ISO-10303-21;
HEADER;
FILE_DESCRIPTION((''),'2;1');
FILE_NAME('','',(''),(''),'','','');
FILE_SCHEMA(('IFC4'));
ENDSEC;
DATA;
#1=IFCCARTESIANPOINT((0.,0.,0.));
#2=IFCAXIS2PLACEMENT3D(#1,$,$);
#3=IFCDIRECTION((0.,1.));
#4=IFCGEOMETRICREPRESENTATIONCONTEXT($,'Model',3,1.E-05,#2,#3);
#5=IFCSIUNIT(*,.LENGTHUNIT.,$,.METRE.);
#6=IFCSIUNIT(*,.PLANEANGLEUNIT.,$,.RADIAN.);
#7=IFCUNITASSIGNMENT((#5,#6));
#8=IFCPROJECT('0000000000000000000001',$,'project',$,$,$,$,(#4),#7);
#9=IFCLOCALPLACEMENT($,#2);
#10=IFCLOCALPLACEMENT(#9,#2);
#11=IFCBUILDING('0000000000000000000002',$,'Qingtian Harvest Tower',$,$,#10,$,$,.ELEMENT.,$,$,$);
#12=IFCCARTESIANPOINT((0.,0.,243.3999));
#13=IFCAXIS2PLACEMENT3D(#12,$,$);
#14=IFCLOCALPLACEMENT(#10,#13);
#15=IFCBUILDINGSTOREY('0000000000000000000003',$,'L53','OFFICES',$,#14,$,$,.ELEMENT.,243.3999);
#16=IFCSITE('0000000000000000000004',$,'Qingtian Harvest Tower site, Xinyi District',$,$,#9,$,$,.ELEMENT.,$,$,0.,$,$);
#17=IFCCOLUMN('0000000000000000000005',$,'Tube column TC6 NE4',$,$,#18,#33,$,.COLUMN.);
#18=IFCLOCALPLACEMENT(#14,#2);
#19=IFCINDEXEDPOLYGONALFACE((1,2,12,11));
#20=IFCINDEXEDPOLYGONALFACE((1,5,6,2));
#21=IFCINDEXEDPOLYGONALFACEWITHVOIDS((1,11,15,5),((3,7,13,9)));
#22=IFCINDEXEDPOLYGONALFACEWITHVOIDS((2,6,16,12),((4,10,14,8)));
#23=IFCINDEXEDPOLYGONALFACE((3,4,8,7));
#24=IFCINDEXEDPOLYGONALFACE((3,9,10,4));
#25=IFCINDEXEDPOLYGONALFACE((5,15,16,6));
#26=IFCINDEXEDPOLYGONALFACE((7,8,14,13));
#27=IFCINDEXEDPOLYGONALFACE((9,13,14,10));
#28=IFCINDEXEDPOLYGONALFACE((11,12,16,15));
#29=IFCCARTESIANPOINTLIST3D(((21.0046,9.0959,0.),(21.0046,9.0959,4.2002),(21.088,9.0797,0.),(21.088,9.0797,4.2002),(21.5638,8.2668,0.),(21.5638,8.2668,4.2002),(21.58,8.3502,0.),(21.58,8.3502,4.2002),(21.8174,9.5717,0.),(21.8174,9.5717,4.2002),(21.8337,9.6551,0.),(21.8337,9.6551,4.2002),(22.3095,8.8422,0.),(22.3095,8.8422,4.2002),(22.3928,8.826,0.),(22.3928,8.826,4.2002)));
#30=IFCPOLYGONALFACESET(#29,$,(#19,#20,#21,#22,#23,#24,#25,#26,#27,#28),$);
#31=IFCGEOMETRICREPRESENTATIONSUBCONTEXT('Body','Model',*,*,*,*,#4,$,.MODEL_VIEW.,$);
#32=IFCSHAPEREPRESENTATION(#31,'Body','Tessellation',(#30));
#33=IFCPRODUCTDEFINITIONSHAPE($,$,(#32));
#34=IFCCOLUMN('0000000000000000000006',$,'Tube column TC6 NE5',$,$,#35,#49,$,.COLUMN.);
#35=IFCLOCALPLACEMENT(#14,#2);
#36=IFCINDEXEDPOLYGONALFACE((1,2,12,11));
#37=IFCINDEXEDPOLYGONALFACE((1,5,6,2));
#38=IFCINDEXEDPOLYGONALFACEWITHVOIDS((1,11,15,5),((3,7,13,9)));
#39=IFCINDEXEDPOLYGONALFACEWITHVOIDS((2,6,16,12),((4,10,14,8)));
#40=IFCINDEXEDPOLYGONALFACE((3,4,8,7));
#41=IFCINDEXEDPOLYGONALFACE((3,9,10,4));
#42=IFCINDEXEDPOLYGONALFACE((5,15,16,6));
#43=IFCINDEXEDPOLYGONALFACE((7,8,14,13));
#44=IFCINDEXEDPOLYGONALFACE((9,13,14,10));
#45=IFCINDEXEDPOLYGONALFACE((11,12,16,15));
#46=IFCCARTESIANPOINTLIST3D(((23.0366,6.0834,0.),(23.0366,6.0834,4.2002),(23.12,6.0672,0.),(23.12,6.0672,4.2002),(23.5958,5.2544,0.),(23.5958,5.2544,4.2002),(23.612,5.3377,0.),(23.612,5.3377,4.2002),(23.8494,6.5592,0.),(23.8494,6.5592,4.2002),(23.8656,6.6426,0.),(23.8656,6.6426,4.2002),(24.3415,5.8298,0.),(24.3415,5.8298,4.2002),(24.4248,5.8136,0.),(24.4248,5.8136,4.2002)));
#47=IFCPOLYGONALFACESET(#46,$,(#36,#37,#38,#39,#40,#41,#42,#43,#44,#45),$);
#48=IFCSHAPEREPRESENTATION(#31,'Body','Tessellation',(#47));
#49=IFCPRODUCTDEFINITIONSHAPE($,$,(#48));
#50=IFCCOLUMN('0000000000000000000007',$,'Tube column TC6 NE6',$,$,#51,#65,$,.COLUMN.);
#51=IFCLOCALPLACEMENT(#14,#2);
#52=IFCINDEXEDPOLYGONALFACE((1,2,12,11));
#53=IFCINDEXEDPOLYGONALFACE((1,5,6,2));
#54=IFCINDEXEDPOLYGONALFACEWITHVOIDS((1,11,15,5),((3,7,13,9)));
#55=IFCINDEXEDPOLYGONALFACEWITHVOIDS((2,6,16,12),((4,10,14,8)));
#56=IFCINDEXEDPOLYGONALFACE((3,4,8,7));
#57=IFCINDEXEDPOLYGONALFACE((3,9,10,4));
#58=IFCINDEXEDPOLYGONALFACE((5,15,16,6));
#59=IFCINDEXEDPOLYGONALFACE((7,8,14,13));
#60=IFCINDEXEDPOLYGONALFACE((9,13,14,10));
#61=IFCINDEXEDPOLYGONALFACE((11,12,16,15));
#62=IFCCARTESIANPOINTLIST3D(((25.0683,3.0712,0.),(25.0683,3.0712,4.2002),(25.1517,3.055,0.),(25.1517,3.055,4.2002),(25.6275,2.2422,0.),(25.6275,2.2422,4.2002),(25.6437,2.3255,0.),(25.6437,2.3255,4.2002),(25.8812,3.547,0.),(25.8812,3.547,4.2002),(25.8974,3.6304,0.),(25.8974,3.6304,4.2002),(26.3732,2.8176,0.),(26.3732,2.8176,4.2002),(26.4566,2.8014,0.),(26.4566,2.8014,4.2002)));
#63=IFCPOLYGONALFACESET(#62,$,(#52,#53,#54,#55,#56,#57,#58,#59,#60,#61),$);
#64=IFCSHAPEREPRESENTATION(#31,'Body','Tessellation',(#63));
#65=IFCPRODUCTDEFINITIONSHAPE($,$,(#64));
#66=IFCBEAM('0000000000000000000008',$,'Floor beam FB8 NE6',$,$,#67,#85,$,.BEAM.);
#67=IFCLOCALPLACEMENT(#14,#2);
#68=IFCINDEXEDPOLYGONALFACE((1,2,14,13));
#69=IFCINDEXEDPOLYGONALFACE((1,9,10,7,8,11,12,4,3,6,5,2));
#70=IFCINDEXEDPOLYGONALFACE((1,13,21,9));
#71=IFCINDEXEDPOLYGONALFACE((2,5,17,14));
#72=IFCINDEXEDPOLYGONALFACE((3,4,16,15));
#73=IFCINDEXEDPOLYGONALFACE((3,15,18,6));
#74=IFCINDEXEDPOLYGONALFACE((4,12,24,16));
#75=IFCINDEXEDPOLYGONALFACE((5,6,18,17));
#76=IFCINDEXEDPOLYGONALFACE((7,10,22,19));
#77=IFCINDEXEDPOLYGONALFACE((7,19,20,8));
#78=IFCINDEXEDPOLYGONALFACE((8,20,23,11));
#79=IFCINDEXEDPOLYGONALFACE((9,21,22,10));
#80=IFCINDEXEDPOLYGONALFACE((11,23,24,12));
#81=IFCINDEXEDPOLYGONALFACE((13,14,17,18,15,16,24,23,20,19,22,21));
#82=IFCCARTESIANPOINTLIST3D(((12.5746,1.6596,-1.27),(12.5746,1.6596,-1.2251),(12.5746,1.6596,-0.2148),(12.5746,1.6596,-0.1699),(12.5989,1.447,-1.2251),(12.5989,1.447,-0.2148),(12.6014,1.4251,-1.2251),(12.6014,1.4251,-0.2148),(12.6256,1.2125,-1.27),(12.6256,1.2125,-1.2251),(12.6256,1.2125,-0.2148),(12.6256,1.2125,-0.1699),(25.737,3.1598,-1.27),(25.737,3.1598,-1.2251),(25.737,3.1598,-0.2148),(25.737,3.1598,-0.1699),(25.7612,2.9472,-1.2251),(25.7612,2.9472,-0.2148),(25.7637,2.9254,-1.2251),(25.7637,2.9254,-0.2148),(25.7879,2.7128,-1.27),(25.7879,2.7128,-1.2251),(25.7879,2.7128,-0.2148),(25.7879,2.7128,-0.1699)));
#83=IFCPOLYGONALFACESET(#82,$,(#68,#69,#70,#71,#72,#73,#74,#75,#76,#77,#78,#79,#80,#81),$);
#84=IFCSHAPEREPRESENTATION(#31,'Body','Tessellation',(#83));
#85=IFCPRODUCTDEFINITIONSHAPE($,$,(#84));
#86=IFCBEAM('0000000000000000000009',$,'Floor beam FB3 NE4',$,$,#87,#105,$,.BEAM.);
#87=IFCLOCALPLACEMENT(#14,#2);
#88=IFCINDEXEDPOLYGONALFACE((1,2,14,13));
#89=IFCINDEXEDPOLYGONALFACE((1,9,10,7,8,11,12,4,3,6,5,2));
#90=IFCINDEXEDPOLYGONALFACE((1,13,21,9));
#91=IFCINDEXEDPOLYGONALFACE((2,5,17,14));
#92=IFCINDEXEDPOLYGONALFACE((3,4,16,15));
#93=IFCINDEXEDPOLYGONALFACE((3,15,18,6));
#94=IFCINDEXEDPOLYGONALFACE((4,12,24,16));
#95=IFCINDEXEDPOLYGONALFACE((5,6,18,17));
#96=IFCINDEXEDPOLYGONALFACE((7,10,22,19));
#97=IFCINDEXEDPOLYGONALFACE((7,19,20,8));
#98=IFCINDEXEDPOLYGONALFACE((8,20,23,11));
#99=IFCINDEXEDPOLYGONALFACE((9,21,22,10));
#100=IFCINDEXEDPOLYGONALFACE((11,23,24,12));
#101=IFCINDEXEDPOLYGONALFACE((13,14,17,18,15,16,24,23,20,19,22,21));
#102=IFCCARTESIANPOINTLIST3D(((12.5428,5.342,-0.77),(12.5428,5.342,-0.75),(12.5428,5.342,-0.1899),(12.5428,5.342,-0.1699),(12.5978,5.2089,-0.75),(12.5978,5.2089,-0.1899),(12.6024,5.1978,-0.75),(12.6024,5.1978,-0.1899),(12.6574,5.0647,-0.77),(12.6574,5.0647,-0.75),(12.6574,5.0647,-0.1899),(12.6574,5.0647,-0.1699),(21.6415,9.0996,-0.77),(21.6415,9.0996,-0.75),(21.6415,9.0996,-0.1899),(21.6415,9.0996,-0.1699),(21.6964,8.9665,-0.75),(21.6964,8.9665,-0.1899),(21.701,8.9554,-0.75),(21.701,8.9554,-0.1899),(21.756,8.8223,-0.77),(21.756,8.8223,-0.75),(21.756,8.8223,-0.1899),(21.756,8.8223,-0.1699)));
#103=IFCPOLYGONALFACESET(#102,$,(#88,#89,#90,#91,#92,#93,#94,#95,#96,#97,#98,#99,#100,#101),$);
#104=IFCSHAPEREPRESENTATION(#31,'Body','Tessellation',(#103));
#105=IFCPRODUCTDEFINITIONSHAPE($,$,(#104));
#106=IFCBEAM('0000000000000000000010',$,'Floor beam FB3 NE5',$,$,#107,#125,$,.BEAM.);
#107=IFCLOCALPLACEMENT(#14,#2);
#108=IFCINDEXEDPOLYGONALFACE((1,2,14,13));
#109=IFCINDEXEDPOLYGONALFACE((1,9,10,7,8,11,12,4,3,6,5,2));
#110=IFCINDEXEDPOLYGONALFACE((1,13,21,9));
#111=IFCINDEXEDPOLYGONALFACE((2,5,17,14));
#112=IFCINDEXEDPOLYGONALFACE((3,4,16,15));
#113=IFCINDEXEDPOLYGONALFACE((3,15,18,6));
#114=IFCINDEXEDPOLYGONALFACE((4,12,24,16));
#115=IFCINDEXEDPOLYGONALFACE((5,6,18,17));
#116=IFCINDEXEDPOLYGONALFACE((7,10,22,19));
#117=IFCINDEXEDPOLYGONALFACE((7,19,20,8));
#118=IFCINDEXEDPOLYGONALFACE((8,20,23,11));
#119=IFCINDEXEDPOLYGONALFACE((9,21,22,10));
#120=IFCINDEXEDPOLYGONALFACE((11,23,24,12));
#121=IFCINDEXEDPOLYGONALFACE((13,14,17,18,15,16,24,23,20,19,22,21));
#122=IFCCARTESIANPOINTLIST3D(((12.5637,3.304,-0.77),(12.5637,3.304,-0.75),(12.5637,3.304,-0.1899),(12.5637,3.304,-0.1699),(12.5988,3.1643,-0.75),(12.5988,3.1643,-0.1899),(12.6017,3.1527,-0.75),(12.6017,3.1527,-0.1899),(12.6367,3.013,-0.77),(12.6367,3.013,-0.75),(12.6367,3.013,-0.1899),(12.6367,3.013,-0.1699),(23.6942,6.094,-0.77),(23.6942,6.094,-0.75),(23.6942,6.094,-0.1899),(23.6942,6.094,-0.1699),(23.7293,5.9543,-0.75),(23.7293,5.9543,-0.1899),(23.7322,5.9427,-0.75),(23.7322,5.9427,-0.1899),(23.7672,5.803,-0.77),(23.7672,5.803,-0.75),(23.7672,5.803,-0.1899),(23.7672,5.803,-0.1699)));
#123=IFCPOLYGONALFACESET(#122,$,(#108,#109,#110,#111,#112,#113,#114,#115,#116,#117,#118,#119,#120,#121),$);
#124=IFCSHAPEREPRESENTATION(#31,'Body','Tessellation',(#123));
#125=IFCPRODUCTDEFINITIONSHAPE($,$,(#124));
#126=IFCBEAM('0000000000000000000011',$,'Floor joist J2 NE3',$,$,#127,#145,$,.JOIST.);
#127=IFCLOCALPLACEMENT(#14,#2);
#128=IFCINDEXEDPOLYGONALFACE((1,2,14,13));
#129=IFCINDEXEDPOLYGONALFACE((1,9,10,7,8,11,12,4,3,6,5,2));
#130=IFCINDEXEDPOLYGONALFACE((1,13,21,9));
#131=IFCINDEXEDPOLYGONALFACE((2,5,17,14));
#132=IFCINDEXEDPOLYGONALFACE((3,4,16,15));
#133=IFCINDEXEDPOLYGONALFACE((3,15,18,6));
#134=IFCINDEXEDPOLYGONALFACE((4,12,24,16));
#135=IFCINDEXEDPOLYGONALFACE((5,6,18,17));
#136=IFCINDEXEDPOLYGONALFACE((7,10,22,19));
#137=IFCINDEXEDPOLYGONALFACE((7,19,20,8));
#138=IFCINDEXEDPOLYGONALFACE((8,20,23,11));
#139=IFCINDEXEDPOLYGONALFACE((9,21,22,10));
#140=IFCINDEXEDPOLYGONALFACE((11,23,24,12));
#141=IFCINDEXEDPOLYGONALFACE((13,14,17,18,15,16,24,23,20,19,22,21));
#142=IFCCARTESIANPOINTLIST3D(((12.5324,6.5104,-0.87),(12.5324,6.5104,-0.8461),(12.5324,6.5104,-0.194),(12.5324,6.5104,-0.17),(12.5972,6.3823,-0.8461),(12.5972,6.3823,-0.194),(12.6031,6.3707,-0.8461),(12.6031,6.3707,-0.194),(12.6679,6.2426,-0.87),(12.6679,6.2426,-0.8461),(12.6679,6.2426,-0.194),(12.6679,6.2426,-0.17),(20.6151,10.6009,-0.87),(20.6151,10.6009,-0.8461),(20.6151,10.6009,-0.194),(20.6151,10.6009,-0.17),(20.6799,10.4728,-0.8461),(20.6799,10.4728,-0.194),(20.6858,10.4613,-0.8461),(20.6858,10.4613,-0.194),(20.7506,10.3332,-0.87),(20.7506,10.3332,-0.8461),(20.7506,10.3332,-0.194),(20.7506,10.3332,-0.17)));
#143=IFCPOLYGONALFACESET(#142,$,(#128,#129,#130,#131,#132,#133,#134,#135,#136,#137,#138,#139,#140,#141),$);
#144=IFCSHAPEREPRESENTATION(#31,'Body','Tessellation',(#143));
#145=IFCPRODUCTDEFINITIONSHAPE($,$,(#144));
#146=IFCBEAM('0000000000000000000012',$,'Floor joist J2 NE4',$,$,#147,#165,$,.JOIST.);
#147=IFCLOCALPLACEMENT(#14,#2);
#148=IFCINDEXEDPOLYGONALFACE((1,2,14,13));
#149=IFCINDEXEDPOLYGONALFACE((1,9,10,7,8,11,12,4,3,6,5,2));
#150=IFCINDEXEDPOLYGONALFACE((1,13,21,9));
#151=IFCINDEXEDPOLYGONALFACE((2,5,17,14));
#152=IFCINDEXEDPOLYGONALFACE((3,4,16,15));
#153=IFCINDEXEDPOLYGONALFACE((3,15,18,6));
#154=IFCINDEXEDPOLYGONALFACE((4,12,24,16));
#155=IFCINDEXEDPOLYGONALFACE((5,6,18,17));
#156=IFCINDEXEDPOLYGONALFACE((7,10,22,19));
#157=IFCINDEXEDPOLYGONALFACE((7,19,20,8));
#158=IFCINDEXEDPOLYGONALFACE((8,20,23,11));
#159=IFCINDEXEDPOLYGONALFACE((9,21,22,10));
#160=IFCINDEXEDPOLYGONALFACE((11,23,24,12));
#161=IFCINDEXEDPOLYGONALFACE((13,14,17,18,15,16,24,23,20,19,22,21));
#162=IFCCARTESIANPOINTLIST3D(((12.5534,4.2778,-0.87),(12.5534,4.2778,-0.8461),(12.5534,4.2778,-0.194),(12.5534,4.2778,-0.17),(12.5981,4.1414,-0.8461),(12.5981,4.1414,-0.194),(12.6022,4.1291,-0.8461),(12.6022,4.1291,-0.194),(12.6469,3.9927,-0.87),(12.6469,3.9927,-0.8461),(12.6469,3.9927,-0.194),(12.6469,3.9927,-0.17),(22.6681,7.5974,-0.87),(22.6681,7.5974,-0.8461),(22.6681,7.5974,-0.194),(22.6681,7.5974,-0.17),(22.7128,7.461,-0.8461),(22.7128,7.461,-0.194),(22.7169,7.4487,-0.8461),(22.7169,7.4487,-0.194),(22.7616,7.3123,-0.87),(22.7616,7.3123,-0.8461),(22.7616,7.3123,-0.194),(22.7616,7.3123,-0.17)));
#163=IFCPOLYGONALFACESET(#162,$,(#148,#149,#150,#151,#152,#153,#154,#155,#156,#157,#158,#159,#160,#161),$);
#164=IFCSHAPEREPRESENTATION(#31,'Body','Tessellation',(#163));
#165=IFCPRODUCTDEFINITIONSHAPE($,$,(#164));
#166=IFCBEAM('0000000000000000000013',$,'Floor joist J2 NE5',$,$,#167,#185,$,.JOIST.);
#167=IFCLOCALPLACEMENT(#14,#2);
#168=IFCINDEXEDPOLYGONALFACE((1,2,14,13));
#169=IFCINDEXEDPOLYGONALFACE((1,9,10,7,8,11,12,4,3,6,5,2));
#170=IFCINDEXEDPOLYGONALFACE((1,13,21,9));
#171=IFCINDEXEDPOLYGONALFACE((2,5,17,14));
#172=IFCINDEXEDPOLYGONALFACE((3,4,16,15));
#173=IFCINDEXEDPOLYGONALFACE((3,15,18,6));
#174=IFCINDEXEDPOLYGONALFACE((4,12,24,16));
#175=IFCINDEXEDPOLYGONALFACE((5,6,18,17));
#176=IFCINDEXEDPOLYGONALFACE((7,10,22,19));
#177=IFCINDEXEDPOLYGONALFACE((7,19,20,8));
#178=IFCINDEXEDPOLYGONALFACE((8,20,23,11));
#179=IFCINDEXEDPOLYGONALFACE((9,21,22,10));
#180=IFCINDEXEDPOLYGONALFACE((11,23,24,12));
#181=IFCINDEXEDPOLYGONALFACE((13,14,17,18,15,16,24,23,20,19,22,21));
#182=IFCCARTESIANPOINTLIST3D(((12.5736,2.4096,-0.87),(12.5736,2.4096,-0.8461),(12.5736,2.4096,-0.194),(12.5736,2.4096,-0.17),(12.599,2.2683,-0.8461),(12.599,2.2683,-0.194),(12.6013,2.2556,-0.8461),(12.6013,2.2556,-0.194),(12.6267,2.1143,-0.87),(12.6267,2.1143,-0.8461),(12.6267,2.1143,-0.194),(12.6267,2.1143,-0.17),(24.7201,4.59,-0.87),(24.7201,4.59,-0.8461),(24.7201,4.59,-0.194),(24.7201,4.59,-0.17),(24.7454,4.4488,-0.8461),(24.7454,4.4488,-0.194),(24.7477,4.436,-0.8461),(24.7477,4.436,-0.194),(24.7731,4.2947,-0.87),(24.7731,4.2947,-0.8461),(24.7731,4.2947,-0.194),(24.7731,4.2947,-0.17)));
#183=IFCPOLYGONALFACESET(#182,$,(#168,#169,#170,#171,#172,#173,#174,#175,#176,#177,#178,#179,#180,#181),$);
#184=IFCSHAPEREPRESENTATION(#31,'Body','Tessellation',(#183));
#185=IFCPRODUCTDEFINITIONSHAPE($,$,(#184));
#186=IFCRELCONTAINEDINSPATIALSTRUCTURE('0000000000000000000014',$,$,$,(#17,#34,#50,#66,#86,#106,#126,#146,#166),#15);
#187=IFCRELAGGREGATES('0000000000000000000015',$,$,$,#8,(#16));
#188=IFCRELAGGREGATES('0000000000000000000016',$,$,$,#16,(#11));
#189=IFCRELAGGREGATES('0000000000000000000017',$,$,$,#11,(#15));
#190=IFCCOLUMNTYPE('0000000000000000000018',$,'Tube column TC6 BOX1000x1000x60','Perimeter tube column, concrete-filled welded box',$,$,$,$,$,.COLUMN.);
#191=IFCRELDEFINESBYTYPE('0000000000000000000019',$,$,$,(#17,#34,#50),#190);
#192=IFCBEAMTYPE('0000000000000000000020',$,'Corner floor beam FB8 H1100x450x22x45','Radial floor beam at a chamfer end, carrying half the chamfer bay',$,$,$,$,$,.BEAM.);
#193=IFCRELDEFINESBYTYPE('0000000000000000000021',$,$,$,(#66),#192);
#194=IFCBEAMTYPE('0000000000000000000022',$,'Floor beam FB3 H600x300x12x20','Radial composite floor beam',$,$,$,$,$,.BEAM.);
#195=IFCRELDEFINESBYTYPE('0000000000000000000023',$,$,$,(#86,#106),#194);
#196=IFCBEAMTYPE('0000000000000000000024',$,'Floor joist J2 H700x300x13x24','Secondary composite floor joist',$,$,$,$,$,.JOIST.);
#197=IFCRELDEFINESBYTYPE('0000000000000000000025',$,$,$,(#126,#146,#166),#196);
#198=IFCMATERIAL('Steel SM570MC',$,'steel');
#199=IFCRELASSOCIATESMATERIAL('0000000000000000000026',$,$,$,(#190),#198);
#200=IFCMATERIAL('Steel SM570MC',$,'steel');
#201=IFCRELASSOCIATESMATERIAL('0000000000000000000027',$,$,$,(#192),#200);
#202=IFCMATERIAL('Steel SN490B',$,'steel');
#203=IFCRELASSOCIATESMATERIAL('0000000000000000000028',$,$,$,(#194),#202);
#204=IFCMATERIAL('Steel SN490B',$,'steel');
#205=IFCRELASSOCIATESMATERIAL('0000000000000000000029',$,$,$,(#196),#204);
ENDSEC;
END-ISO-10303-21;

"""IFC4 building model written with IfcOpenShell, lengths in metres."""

from ifc_helpers import new_model, si_unit, direction, frame, origin, origin_2d, place, context, subcontext, project, spatial, hollow_rectangle, i_section, extrude, material, material_profile, profile_set, type_object, element, save


model = new_model("IFC4")

# Units and contexts
model_context = context("Model", 3, precision=1e-05, world=origin(), true_north=direction((0.0, 1.0)))
body_context = subcontext(model_context, "Body", "Model", "MODEL_VIEW")
ifc_project = project(units=[si_unit("LENGTHUNIT", "METRE"), si_unit("PLANEANGLEUNIT", "RADIAN")], contexts=[model_context])

# Site, building, storey
site_placement = place(None, origin())
site = spatial("IfcSite", under=ifc_project, at=site_placement, Name="Qingtian Harvest Tower site, Xinyi District", CompositionType="ELEMENT", RefElevation=0.0)
building_placement = place(site_placement, origin())
building = spatial("IfcBuilding", under=site, at=building_placement, Name="Qingtian Harvest Tower", CompositionType="ELEMENT")
storey_placement = place(building_placement, frame((0.0, 0.0, 243.3999)))
storey = spatial("IfcBuildingStorey", under=building, at=storey_placement, Name="L53", Description="OFFICES", CompositionType="ELEMENT", Elevation=243.3999)

# Columns
ifc_material_1 = material(Name="Steel SM570MC", Category="steel")
ifc_material_profile_1 = material_profile(ifc_material_1, hollow_rectangle(XDim=1.0, YDim=1.0, WallThickness=0.0601, at=origin_2d()), Name="BOX1000x1000x60")
ifc_profile_set_1 = profile_set([ifc_material_profile_1], Name="Steel SM570MC")
column_type = type_object("IfcColumnType", Name="Tube column TC6 BOX1000x1000x60", Description="Perimeter tube column, concrete-filled welded box", PredefinedType="COLUMN", material=ifc_profile_set_1)
for number, where, z_axis, x_axis, name in (
    (1, (21.6987, 8.9609, 0.0), (0.0, 0.0, 1.0), (-0.559193, 0.829038, 0.0), "Tube column TC6 NE4"),
    (2, (23.7307, 5.9485, 0.0), (0.0, 0.0, 1.0), (-0.559193, 0.829038, 0.0), "Tube column TC6 NE5"),
    (3, (25.7625, 2.9363, 0.0), (0.0, 0.0, 1.0), (-0.559193, 0.829038, 0.0), "Tube column TC6 NE6"),
):
    element("IfcColumn", number, at=place(storey_placement, frame(where, z_axis=z_axis, x_axis=x_axis)), inside=storey, type_object=column_type, Name=name, PredefinedType="COLUMN", context=body_context, shape_type="SweptSolid", body=[
        extrude(hollow_rectangle(XDim=1.0, YDim=1.0, WallThickness=0.0601, at=origin_2d()), origin(), (0.0, 0.0, 1.0), 4.2002),
    ])

# Beams
ifc_material_2 = material(Name="Steel SM570MC", Category="steel")
ifc_material_profile_2 = material_profile(ifc_material_2, i_section(OverallWidth=0.45, OverallDepth=1.1001, WebThickness=0.022, FlangeThickness=0.0449, at=origin_2d()), Name="H1100x450x22x45")
ifc_profile_set_2 = profile_set([ifc_material_profile_2], Name="Steel SM570MC")
beam_type_1 = type_object("IfcBeamType", Name="Corner floor beam FB8 H1100x450x22x45", Description="Radial floor beam at a chamfer end, carrying half the chamfer bay", PredefinedType="BEAM", material=ifc_profile_set_2)
beam_1_placement = place(storey_placement, frame((25.7625, 2.9363, -0.72), z_axis=(-0.993567, -0.113247, 0.0), x_axis=(0.113247, -0.993567, 0.0)))
element("IfcBeam", 4, at=beam_1_placement, inside=storey, type_object=beam_type_1, Name="Floor beam FB8 NE6", PredefinedType="BEAM", context=body_context, shape_type="SweptSolid", body=[
    extrude(i_section(OverallWidth=0.45, OverallDepth=1.1001, WebThickness=0.022, FlangeThickness=0.0449, at=origin_2d()), origin(), (0.0, 0.0, 1.0), 13.2476),
])
ifc_material_3 = material(Name="Steel SN490B", Category="steel")
ifc_material_profile_3 = material_profile(ifc_material_3, i_section(OverallWidth=0.3, OverallDepth=0.6001, WebThickness=0.012, FlangeThickness=0.02, at=origin_2d()), Name="H600x300x12x20")
ifc_profile_set_3 = profile_set([ifc_material_profile_3], Name="Steel SN490B")
beam_type_2 = type_object("IfcBeamType", Name="Floor beam FB3 H600x300x12x20", Description="Radial composite floor beam", PredefinedType="BEAM", material=ifc_profile_set_3)
beam_2_placement = place(storey_placement, frame((21.6987, 8.9609, -0.47), z_axis=(-0.924282, -0.381711, 0.0), x_axis=(0.381711, -0.924282, 0.0)))
element("IfcBeam", 5, at=beam_2_placement, inside=storey, type_object=beam_type_2, Name="Floor beam FB3 NE4", PredefinedType="BEAM", context=body_context, shape_type="SweptSolid", body=[
    extrude(i_section(OverallWidth=0.3, OverallDepth=0.6001, WebThickness=0.012, FlangeThickness=0.02, at=origin_2d()), origin(), (0.0, 0.0, 1.0), 9.844),
])
beam_3_placement = place(storey_placement, frame((23.7307, 5.9485, -0.47), z_axis=(-0.969991, -0.243141, 0.0), x_axis=(0.243141, -0.969991, 0.0)))
element("IfcBeam", 6, at=beam_3_placement, inside=storey, type_object=beam_type_2, Name="Floor beam FB3 NE5", PredefinedType="BEAM", context=body_context, shape_type="SweptSolid", body=[
    extrude(i_section(OverallWidth=0.3, OverallDepth=0.6001, WebThickness=0.012, FlangeThickness=0.02, at=origin_2d()), origin(), (0.0, 0.0, 1.0), 11.4749),
])
ifc_material_4 = material(Name="Steel SN490B", Category="steel")
ifc_material_profile_4 = material_profile(ifc_material_4, i_section(OverallWidth=0.3, OverallDepth=0.7, WebThickness=0.0129, FlangeThickness=0.0239, at=origin_2d()), Name="H700x300x13x24")
ifc_profile_set_4 = profile_set([ifc_material_profile_4], Name="Steel SN490B")
beam_type_3 = type_object("IfcBeamType", Name="Floor joist J2 H700x300x13x24", Description="Secondary composite floor joist", PredefinedType="JOIST", material=ifc_profile_set_4)
beam_4_placement = place(storey_placement, frame((20.6829, 10.467, -0.52), z_axis=(-0.892244, -0.451553, 0.0), x_axis=(0.451553, -0.892244, 0.0)))
element("IfcBeam", 7, at=beam_4_placement, inside=storey, type_object=beam_type_3, Name="Floor joist J2 NE3", PredefinedType="JOIST", context=body_context, shape_type="SweptSolid", body=[
    extrude(i_section(OverallWidth=0.3, OverallDepth=0.7, WebThickness=0.0129, FlangeThickness=0.0239, at=origin_2d()), origin(), (0.0, 0.0, 1.0), 9.0588),
])
beam_5_placement = place(storey_placement, frame((22.7148, 7.4548, -0.52), z_axis=(-0.950139, -0.311828, 0.0), x_axis=(0.311828, -0.950139, 0.0)))
element("IfcBeam", 8, at=beam_5_placement, inside=storey, type_object=beam_type_3, Name="Floor joist J2 NE4", PredefinedType="JOIST", context=body_context, shape_type="SweptSolid", body=[
    extrude(i_section(OverallWidth=0.3, OverallDepth=0.7, WebThickness=0.0129, FlangeThickness=0.0239, at=origin_2d()), origin(), (0.0, 0.0, 1.0), 10.6455),
])
beam_6_placement = place(storey_placement, frame((24.7466, 4.4424, -0.52), z_axis=(-0.984267, -0.176686, 0.0), x_axis=(0.176686, -0.984267, 0.0)))
element("IfcBeam", 9, at=beam_6_placement, inside=storey, type_object=beam_type_3, Name="Floor joist J2 NE5", PredefinedType="JOIST", context=body_context, shape_type="SweptSolid", body=[
    extrude(i_section(OverallWidth=0.3, OverallDepth=0.7, WebThickness=0.0129, FlangeThickness=0.0239, at=origin_2d()), origin(), (0.0, 0.0, 1.0), 12.3406),
])

save(model, "model.ifc")
